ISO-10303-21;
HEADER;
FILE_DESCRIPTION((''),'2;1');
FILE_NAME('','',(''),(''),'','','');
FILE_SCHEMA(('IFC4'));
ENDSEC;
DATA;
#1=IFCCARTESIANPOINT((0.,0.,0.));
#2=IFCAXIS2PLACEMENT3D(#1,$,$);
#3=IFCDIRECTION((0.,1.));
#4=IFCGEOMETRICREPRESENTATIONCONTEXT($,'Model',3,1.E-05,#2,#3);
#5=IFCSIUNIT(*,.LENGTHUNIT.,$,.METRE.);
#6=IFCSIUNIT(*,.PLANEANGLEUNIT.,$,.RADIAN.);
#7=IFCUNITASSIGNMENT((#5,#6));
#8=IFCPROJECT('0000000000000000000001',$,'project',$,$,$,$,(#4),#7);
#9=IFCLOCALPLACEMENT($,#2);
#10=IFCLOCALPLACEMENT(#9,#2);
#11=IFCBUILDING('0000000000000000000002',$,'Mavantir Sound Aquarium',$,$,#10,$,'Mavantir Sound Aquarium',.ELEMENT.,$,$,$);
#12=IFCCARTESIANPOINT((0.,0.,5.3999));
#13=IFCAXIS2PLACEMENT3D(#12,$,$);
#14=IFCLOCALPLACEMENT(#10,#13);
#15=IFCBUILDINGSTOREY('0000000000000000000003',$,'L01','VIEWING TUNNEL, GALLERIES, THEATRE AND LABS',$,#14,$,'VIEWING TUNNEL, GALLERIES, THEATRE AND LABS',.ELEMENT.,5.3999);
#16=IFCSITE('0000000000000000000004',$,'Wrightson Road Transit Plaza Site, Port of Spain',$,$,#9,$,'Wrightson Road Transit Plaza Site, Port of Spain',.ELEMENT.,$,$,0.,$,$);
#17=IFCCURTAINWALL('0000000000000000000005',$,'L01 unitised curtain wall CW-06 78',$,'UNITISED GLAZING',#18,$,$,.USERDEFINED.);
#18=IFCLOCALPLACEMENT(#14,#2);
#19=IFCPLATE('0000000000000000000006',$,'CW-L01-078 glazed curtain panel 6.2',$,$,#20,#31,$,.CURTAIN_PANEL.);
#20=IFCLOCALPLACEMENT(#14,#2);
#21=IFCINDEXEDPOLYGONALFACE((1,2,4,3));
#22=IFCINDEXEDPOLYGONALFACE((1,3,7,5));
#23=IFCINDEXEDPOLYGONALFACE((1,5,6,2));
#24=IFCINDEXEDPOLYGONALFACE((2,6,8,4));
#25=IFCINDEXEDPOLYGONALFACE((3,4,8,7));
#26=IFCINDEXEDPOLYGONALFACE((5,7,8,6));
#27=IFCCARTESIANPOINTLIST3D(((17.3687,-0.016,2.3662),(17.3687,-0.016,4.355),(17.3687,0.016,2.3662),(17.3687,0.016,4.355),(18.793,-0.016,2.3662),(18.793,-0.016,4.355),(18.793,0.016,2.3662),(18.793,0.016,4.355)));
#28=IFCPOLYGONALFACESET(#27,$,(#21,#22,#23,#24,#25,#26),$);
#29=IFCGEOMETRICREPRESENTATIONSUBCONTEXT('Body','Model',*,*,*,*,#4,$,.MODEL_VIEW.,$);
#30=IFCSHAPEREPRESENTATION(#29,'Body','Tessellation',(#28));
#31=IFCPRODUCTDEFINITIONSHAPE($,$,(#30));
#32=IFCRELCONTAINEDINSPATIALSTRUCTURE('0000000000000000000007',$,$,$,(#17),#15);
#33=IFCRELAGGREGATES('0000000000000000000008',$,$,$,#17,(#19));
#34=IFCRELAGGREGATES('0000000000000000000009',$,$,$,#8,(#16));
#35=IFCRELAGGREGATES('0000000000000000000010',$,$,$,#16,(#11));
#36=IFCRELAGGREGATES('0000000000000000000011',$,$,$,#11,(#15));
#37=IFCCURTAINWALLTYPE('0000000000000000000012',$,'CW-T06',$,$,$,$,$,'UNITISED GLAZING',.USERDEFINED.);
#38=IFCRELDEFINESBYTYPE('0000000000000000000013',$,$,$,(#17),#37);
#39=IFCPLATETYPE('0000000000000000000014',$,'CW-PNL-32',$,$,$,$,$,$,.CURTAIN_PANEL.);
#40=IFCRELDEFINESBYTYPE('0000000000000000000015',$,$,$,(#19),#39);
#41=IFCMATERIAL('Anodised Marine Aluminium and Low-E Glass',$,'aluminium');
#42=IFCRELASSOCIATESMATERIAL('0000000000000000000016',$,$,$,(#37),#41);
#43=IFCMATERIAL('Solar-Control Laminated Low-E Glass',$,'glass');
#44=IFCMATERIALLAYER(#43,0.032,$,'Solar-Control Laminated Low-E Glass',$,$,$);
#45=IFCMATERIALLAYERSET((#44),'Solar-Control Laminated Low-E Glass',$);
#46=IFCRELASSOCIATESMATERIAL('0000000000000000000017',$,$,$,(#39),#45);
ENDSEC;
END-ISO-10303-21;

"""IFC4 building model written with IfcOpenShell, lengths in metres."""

from ifc_helpers import new_model, si_unit, direction, frame, origin, origin_2d, place, context, subcontext, project, spatial, rectangle, extrude, material, layer, layer_set, type_object, element, aggregate, save


model = new_model("IFC4")

# Units and contexts
model_context = context("Model", 3, precision=1e-05, world=origin(), true_north=direction((0.0, 1.0)))
body_context = subcontext(model_context, "Body", "Model", "MODEL_VIEW")
ifc_project = project(units=[si_unit("LENGTHUNIT", "METRE"), si_unit("PLANEANGLEUNIT", "RADIAN")], contexts=[model_context])

# Site, building, storey
site_placement = place(None, origin())
site = spatial("IfcSite", under=ifc_project, at=site_placement, Name="Wrightson Road Transit Plaza Site, Port of Spain", LongName="Wrightson Road Transit Plaza Site, Port of Spain", CompositionType="ELEMENT", RefElevation=0.0)
building_placement = place(site_placement, origin())
building = spatial("IfcBuilding", under=site, at=building_placement, Name="Mavantir Sound Aquarium", LongName="Mavantir Sound Aquarium", CompositionType="ELEMENT")
storey_placement = place(building_placement, frame((0.0, 0.0, 5.3999)))
storey = spatial("IfcBuildingStorey", under=building, at=storey_placement, Name="L01", Description="VIEWING TUNNEL, GALLERIES, THEATRE AND LABS", LongName="VIEWING TUNNEL, GALLERIES, THEATRE AND LABS", CompositionType="ELEMENT", Elevation=5.3999)

# Curtain wall
ifc_material_1 = material(Name="Anodised Marine Aluminium and Low-E Glass", Category="aluminium")
curtain_wall_type_1 = type_object("IfcCurtainWallType", Name="CW-T06", ElementType="UNITISED GLAZING", PredefinedType="USERDEFINED", material=ifc_material_1)
curtain_wall_1_placement = place(storey_placement, origin())
curtain_wall_1 = element("IfcCurtainWall", 1, at=curtain_wall_1_placement, inside=storey, type_object=curtain_wall_type_1, Name="L01 unitised curtain wall CW-06 78", ObjectType="UNITISED GLAZING", PredefinedType="USERDEFINED")

# Plate
ifc_material_2 = material(Name="Solar-Control Laminated Low-E Glass", Category="glass")
ifc_layer_1 = layer(ifc_material_2, 0.032, Name="Solar-Control Laminated Low-E Glass")
ifc_layer_set_1 = layer_set([ifc_layer_1], Name="Solar-Control Laminated Low-E Glass")
plate_type_1 = type_object("IfcPlateType", Name="CW-PNL-32", PredefinedType="CURTAIN_PANEL", material=ifc_layer_set_1)
plate_1_placement = place(storey_placement, frame((18.0808, 0.0, 2.3662), z_axis=(0.0, 0.0, 1.0), x_axis=(1.0, 0.0, 0.0)))
plate_1 = element("IfcPlate", 2, at=plate_1_placement, type_object=plate_type_1, Name="CW-L01-078 glazed curtain panel 6.2", PredefinedType="CURTAIN_PANEL", context=body_context, shape_type="SweptSolid", body=[
    extrude(rectangle(XDim=1.4243, YDim=0.032, at=origin_2d()), origin(), (0.0, 0.0, 1.0), 1.9888),
])
aggregate(curtain_wall_1, [plate_1])

save(model, "model.ifc")
